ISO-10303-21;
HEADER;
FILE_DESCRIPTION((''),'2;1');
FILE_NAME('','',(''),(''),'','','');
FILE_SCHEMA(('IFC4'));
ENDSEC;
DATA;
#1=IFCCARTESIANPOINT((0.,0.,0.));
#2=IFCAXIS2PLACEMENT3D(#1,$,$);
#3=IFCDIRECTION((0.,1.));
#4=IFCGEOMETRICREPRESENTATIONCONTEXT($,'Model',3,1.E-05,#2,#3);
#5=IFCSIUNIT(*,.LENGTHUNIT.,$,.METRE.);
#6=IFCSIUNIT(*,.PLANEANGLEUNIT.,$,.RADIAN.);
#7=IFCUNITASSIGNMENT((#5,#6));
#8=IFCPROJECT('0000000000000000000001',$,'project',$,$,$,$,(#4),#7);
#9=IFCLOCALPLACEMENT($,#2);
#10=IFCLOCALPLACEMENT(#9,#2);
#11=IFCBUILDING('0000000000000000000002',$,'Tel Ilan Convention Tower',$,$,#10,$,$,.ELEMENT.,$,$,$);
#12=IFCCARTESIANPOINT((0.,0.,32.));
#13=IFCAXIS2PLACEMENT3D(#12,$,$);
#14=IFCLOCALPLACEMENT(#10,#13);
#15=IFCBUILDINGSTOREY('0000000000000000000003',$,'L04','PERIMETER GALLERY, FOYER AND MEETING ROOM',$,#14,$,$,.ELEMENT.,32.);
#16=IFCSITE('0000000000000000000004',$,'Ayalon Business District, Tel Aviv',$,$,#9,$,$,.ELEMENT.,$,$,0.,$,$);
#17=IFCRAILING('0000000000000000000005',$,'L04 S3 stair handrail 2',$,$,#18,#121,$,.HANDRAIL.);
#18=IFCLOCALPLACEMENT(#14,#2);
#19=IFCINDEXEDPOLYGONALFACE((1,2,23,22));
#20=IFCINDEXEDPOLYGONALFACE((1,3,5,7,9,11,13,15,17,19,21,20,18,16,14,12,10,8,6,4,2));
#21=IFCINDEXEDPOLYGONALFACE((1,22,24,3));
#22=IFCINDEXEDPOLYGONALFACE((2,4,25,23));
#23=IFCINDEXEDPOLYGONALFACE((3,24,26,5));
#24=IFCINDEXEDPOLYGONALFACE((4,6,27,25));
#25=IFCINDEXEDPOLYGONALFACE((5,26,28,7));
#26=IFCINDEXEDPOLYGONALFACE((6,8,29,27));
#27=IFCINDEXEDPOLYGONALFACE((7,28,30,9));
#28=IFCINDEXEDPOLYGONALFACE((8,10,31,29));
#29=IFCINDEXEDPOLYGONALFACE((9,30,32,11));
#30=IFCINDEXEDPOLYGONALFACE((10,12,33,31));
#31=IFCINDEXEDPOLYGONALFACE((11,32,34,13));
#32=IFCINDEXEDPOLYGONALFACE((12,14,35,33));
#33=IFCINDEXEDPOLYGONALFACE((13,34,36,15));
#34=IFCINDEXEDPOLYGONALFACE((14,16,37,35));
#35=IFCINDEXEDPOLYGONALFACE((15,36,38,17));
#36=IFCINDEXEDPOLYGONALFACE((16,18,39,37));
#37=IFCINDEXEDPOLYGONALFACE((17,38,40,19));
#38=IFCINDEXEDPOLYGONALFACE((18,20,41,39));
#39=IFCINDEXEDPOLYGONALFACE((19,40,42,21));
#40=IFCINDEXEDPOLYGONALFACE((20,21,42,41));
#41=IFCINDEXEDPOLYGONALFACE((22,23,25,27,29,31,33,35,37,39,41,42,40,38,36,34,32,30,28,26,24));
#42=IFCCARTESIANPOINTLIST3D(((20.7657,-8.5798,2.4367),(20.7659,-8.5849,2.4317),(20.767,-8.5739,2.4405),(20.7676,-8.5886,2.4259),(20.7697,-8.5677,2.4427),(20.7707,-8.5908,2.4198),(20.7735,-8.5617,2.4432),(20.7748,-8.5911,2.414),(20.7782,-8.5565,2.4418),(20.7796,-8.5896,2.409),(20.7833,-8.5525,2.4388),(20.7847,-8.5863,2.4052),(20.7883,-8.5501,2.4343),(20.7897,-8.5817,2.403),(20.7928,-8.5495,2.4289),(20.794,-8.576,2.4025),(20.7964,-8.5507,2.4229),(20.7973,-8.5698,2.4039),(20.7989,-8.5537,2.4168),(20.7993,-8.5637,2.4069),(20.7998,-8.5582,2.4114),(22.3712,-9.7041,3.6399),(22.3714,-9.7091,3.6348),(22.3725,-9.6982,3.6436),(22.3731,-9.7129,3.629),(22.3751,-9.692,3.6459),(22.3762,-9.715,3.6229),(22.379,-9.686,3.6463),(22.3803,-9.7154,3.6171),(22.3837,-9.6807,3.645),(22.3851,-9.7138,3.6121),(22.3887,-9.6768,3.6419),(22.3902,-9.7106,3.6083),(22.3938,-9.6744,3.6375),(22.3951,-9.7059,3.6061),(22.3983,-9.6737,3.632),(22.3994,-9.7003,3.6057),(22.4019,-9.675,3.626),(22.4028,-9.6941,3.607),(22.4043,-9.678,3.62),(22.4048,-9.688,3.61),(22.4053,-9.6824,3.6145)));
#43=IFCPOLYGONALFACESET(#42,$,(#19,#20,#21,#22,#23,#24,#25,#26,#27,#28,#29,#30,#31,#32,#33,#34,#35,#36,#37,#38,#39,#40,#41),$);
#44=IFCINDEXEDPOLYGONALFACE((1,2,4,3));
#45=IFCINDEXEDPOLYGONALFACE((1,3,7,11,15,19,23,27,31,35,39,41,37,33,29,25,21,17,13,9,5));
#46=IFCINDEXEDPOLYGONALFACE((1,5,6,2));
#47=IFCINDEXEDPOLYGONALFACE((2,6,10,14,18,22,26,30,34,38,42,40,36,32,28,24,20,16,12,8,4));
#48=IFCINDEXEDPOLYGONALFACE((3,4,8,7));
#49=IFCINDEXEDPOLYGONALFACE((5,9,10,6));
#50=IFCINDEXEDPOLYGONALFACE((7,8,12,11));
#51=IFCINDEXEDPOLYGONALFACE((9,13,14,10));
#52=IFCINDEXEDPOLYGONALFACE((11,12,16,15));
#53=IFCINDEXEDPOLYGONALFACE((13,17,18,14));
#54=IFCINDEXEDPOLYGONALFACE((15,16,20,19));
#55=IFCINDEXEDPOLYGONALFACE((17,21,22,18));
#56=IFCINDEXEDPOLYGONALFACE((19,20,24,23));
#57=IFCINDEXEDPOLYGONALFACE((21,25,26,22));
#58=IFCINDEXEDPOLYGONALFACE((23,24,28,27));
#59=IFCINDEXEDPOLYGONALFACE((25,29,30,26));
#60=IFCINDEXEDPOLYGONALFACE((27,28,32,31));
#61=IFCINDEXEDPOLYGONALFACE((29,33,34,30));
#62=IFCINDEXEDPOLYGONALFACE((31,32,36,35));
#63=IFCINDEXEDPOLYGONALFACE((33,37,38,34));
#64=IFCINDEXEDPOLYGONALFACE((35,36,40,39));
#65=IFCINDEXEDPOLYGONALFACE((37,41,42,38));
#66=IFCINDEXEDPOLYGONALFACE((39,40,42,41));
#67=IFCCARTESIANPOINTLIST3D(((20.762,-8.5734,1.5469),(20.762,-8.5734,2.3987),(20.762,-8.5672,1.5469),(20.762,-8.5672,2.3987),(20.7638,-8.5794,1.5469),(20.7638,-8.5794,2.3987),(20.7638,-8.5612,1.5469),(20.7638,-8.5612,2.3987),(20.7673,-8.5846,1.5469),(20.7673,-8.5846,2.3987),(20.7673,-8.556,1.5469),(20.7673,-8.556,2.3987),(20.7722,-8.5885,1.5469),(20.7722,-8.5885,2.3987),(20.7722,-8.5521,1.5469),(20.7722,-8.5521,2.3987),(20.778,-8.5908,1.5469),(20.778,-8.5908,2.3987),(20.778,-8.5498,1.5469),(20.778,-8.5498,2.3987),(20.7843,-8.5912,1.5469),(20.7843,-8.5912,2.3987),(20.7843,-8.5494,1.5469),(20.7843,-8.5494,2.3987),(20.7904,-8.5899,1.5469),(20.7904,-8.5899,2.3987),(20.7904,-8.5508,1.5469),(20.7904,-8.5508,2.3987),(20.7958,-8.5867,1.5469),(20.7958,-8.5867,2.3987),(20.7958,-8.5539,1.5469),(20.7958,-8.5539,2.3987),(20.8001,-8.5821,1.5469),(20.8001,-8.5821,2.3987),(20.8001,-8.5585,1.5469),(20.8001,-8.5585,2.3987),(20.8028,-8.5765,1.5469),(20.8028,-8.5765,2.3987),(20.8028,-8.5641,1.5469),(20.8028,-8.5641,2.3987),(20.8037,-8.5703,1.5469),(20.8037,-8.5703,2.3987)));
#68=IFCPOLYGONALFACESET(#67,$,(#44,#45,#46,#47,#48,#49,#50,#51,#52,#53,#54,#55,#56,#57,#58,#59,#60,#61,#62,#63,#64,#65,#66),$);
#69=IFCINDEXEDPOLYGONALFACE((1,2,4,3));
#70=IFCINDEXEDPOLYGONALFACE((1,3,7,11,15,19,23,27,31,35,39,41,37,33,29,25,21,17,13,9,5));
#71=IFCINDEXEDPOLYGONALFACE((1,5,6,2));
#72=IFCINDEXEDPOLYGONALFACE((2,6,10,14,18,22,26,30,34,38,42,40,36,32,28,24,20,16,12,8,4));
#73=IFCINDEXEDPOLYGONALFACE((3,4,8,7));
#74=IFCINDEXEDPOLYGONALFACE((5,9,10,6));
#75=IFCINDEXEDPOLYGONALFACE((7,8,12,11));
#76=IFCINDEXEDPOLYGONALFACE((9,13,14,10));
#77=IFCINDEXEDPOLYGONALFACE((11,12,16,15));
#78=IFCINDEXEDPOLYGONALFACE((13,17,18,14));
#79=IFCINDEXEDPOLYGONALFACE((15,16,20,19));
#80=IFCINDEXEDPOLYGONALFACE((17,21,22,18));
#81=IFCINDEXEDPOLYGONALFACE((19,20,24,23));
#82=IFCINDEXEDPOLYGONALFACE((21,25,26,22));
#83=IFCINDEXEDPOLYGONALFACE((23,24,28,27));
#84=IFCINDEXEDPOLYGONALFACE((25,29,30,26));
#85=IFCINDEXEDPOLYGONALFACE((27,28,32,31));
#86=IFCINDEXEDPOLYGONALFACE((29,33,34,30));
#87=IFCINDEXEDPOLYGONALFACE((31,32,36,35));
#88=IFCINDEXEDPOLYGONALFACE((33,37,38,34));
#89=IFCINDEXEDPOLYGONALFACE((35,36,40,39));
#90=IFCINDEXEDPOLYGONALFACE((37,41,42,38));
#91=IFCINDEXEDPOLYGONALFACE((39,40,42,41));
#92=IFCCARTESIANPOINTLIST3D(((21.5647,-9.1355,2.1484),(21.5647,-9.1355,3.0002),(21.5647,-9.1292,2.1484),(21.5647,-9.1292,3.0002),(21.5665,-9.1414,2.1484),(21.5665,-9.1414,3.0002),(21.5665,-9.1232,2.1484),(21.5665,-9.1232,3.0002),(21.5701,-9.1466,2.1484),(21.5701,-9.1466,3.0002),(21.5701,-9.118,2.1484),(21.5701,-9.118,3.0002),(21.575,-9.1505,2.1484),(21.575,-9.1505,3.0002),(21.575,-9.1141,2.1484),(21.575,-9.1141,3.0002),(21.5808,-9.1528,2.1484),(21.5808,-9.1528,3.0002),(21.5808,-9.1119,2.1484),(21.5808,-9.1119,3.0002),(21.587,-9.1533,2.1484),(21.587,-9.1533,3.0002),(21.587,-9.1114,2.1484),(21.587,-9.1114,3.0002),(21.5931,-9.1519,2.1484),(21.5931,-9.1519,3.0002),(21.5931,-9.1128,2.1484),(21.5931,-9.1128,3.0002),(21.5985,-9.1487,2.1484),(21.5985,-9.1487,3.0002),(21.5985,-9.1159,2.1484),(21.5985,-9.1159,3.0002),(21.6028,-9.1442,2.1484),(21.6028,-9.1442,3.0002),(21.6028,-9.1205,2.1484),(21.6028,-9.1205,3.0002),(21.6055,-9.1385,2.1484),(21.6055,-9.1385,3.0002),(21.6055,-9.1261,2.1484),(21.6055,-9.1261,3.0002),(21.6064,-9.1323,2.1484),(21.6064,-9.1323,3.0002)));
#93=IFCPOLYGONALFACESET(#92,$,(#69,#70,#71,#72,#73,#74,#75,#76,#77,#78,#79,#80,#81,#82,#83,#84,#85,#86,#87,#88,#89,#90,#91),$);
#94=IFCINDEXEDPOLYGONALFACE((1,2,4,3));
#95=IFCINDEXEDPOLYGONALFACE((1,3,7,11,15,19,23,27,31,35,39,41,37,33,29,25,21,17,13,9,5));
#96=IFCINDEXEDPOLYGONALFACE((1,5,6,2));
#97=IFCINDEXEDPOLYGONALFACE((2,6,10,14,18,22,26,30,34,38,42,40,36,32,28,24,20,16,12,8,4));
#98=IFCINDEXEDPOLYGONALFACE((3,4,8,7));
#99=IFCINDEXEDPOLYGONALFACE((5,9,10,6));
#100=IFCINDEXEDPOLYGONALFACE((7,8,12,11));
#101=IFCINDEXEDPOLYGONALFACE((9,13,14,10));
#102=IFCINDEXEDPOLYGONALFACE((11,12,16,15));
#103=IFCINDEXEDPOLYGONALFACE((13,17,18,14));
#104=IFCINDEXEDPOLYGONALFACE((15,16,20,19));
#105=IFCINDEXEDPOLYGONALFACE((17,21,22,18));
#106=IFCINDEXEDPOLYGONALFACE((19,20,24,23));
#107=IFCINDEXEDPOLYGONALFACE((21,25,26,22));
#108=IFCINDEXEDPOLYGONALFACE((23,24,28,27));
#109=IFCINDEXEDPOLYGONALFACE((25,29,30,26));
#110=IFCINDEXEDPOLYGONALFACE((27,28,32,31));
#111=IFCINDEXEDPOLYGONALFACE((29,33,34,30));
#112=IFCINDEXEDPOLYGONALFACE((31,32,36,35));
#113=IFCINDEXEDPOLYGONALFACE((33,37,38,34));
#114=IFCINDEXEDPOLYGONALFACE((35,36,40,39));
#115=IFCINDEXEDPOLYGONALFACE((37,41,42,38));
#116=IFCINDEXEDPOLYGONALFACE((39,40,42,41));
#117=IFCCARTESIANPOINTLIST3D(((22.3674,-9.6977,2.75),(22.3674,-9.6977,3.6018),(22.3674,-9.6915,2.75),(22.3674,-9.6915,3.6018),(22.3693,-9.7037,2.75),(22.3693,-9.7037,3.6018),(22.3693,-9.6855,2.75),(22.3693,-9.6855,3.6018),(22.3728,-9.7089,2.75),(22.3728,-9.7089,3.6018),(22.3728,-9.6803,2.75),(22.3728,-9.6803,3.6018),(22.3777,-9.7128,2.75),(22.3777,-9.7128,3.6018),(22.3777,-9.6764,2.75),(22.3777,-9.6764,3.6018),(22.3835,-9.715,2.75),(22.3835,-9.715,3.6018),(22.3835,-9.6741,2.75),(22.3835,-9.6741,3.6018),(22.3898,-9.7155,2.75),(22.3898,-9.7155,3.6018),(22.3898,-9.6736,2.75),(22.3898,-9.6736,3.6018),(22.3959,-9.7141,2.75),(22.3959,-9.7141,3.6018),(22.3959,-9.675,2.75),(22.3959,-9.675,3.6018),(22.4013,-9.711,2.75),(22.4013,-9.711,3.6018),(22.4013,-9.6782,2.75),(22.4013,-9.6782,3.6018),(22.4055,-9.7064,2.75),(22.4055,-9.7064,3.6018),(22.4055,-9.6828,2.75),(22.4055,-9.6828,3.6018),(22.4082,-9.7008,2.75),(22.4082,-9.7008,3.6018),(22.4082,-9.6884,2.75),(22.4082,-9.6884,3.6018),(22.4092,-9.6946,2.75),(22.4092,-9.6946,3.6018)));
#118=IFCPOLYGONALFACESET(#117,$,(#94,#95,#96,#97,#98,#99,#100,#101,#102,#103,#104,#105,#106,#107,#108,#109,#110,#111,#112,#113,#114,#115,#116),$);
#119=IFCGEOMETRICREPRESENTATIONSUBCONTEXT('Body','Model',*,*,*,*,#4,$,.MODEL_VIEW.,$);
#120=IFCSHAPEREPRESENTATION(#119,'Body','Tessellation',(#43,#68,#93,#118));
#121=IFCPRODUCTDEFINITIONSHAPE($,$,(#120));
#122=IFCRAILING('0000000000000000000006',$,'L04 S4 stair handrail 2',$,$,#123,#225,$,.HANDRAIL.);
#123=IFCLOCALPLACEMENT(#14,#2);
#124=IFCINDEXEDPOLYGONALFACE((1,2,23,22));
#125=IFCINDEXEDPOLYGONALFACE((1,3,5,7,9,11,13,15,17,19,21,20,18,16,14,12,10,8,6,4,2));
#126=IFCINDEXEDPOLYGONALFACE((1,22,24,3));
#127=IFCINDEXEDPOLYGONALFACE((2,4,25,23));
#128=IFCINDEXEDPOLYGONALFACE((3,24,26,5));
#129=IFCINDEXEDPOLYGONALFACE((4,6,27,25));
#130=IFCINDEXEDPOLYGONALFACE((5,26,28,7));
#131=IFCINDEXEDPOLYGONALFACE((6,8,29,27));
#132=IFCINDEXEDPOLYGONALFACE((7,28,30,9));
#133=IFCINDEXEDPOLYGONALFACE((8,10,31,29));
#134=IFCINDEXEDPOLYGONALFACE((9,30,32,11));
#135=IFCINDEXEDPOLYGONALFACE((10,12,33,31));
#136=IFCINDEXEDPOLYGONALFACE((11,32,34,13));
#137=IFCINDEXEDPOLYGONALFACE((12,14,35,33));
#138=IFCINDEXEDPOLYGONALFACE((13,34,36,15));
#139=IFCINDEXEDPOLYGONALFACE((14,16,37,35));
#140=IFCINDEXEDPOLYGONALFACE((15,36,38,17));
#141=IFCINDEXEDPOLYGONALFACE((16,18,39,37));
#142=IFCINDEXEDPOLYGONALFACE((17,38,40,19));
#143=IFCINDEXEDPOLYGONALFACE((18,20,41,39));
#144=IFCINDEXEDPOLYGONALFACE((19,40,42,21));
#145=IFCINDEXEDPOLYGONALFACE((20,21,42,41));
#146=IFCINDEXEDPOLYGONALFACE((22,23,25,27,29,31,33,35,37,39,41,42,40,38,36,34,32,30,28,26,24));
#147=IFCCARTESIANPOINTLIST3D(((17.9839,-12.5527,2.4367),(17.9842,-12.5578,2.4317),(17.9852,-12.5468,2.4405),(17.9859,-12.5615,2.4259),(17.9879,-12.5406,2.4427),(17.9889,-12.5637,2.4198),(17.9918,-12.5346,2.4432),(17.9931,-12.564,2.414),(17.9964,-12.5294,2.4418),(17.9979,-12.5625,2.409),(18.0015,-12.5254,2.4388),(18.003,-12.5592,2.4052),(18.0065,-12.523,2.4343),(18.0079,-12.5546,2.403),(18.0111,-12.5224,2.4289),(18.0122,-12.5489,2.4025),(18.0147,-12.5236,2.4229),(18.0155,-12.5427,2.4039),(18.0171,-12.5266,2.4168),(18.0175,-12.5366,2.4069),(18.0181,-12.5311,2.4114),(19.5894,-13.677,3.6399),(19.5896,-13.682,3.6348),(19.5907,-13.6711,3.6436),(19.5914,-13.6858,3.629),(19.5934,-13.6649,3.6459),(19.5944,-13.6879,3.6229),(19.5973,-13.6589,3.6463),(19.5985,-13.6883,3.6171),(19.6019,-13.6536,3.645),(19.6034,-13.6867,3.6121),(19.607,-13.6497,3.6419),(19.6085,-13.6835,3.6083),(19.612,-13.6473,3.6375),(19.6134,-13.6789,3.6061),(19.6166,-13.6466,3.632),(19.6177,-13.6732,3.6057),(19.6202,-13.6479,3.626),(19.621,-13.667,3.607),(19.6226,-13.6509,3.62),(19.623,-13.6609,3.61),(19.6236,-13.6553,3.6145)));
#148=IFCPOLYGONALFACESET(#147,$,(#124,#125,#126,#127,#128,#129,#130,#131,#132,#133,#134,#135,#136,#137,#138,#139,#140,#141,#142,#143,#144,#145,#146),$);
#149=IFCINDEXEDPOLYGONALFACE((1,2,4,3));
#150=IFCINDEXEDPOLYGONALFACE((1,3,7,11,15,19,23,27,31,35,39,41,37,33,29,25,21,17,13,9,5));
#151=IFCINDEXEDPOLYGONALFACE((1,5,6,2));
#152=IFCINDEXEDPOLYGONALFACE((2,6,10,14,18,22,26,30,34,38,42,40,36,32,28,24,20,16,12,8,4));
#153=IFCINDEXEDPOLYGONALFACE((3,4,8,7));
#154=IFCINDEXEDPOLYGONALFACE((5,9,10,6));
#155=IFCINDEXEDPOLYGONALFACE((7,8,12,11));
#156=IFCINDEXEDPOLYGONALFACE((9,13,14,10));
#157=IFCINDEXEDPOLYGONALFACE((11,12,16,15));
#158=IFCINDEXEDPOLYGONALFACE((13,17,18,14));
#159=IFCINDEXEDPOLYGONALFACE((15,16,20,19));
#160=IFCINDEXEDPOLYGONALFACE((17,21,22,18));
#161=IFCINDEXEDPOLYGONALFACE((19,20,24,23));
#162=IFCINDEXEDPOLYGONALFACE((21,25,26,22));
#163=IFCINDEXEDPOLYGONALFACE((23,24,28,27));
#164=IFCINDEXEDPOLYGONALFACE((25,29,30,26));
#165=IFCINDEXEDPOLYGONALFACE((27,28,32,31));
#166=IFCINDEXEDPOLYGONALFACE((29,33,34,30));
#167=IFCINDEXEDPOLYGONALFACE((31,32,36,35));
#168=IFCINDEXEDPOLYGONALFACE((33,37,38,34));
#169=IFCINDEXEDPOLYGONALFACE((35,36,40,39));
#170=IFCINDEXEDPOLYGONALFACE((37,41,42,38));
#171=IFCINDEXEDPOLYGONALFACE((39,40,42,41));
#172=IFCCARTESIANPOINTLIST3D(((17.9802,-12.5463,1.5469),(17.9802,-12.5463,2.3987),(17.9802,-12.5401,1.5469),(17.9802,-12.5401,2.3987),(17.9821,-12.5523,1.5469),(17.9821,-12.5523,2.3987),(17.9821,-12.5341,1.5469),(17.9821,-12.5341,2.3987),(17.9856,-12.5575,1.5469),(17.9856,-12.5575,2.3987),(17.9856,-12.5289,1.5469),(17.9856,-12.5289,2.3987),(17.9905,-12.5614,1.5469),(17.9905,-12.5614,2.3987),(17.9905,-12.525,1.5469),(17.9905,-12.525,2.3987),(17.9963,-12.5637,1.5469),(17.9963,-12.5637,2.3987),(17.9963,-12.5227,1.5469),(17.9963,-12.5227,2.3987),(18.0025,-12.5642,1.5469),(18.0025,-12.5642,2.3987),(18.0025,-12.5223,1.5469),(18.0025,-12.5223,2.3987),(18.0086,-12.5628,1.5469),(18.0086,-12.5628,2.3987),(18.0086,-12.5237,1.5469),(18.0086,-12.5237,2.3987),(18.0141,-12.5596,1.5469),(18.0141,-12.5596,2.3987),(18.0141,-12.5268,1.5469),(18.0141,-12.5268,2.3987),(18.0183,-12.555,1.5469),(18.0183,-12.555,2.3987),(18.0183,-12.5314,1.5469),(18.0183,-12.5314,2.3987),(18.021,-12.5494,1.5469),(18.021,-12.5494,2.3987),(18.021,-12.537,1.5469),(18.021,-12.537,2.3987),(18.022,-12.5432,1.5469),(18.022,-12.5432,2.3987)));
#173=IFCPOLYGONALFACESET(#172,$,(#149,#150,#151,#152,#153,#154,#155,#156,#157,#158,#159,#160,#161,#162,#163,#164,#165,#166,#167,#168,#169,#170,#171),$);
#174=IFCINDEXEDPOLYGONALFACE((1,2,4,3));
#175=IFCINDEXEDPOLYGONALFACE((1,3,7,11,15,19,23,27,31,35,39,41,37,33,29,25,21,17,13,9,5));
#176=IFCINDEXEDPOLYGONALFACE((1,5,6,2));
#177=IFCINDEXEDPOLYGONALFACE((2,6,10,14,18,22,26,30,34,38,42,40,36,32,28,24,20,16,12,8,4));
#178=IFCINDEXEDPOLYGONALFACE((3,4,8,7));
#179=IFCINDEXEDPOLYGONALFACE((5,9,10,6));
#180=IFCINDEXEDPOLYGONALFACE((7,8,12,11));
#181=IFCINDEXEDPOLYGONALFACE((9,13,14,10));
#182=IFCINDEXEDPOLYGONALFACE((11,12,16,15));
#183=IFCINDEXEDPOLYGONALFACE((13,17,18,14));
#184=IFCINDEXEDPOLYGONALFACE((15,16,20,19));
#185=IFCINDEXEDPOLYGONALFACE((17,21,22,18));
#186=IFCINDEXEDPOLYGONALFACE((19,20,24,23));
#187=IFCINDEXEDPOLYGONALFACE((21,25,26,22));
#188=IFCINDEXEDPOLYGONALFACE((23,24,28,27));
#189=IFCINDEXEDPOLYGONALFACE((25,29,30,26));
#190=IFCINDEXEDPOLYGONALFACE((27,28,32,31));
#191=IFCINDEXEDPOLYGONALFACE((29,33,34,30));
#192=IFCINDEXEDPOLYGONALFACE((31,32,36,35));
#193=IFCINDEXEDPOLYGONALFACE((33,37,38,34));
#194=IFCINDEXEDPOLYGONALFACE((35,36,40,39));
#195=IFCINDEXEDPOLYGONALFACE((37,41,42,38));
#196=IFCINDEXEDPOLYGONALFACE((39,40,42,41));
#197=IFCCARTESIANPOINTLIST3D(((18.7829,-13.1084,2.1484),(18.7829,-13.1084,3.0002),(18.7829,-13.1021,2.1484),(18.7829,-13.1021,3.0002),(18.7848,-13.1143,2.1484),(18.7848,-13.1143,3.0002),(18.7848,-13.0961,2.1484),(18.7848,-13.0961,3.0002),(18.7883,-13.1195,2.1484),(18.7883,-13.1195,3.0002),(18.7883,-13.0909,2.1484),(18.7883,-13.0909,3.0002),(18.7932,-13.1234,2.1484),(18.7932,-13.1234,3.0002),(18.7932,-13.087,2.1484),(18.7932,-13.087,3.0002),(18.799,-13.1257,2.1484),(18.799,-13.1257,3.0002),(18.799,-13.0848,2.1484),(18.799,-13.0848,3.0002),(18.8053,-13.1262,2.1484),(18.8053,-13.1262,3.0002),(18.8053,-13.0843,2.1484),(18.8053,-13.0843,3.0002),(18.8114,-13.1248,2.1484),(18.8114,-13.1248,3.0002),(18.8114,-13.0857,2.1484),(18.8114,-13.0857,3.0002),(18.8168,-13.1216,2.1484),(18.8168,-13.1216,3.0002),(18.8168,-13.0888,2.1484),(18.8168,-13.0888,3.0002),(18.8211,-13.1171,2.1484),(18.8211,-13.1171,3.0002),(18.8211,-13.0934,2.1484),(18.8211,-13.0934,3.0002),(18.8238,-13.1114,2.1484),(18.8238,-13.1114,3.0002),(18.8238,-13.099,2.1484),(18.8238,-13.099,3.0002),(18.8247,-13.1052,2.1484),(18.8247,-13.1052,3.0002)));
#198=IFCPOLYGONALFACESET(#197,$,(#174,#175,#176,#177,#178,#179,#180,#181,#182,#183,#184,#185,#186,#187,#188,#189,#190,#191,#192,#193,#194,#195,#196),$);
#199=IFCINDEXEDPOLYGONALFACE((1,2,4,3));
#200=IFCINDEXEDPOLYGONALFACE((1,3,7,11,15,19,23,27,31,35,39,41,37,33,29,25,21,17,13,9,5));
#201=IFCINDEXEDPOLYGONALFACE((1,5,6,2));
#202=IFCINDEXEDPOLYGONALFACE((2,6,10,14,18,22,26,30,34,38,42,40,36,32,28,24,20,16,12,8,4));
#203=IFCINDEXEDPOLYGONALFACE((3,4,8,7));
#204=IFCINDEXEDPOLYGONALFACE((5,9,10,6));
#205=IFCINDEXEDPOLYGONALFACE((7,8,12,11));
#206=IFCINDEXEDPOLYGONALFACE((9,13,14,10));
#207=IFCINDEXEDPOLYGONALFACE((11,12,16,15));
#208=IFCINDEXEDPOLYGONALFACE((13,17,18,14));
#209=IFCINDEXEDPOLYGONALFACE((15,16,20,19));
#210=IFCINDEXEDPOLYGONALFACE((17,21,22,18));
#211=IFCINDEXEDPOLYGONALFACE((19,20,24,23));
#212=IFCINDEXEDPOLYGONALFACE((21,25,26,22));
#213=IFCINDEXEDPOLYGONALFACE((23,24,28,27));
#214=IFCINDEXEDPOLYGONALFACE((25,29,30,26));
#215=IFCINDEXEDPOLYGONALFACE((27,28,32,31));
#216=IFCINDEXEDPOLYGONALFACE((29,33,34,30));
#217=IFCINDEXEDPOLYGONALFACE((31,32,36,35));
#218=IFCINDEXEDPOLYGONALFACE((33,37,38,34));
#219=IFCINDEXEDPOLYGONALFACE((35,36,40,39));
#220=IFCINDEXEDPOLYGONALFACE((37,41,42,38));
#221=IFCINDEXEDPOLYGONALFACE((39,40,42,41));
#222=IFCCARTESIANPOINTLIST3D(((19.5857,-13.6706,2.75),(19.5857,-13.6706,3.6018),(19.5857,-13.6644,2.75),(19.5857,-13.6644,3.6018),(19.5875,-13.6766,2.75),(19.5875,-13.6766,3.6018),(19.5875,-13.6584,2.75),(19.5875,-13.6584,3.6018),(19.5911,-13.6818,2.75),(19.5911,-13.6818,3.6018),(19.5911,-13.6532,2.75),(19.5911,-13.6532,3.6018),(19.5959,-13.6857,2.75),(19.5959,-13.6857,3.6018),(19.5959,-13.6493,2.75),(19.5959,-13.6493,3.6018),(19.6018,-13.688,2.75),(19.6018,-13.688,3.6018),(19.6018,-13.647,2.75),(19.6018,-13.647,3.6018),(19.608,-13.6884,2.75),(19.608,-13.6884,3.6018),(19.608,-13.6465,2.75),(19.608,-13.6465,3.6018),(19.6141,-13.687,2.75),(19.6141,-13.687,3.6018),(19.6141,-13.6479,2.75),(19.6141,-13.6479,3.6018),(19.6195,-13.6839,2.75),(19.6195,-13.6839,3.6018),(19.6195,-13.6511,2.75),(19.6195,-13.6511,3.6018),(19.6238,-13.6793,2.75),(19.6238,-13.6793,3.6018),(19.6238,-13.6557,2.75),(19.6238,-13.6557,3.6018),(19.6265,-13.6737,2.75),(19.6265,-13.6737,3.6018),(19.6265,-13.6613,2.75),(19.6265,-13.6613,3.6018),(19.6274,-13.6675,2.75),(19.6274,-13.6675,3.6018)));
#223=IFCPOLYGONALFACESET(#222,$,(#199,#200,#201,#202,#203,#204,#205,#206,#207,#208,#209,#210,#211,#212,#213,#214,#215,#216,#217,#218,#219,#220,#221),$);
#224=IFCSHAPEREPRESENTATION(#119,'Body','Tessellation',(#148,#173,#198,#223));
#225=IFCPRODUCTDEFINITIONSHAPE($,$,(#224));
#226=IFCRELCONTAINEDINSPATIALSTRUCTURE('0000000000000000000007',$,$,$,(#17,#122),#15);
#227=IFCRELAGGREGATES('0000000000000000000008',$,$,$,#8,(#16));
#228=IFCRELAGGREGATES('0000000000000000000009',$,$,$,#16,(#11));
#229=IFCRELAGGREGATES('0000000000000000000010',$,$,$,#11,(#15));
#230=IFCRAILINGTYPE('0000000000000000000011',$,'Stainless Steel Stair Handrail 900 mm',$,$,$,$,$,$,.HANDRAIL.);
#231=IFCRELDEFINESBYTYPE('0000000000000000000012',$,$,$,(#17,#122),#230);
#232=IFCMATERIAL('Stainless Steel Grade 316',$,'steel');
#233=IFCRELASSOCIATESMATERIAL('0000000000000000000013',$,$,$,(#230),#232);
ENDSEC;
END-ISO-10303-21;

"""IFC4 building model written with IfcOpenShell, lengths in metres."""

from ifc_helpers import new_model, si_unit, direction, frame, origin, origin_2d, place, context, subcontext, project, spatial, circle, extrude, material, type_object, element, save


model = new_model("IFC4")

# Units and contexts
model_context = context("Model", 3, precision=1e-05, world=origin(), true_north=direction((0.0, 1.0)))
body_context = subcontext(model_context, "Body", "Model", "MODEL_VIEW")
ifc_project = project(units=[si_unit("LENGTHUNIT", "METRE"), si_unit("PLANEANGLEUNIT", "RADIAN")], contexts=[model_context])

# Site, building, storey
site_placement = place(None, origin())
site = spatial("IfcSite", under=ifc_project, at=site_placement, Name="Ayalon Business District, Tel Aviv", CompositionType="ELEMENT", RefElevation=0.0)
building_placement = place(site_placement, origin())
building = spatial("IfcBuilding", under=site, at=building_placement, Name="Tel Ilan Convention Tower", CompositionType="ELEMENT")
storey_placement = place(building_placement, frame((0.0, 0.0, 32.0)))
storey = spatial("IfcBuildingStorey", under=building, at=storey_placement, Name="L04", Description="PERIMETER GALLERY, FOYER AND MEETING ROOM", CompositionType="ELEMENT", Elevation=32.0)

# Railings
ifc_material_1 = material(Name="Stainless Steel Grade 316", Category="steel")
railing_type_1 = type_object("IfcRailingType", Name="Stainless Steel Stair Handrail 900 mm", PredefinedType="HANDRAIL", material=ifc_material_1)
for number, where, name in (
    (1, (20.7827, -8.5703, 1.5469), "L04 S3 stair handrail 2"),
    (2, (18.001, -12.5432, 1.5469), "L04 S4 stair handrail 2"),
):
    element("IfcRailing", number, at=place(storey_placement, frame(where)), inside=storey, type_object=railing_type_1, Name=name, PredefinedType="HANDRAIL", context=body_context, shape_type="SweptSolid", body=[
        extrude(circle(Radius=0.0239, at=origin_2d()), frame((0.0, 0.0, 0.876), z_axis=(0.698095, -0.488857, 0.523146), x_axis=(0.573613, 0.819127, 0.0)), (0.0, 0.0, 1.0), 2.2998),
        extrude(circle(Radius=0.021, at=origin_2d()), origin(), (0.0, 0.0, 1.0), 0.8518),
        extrude(circle(Radius=0.021, at=origin_2d()), frame((0.8027, -0.562, 0.6016)), (0.0, 0.0, 1.0), 0.8518),
        extrude(circle(Radius=0.021, at=origin_2d()), frame((1.6055, -1.1243, 1.2031)), (0.0, 0.0, 1.0), 0.8518),
    ])

save(model, "model.ifc")
